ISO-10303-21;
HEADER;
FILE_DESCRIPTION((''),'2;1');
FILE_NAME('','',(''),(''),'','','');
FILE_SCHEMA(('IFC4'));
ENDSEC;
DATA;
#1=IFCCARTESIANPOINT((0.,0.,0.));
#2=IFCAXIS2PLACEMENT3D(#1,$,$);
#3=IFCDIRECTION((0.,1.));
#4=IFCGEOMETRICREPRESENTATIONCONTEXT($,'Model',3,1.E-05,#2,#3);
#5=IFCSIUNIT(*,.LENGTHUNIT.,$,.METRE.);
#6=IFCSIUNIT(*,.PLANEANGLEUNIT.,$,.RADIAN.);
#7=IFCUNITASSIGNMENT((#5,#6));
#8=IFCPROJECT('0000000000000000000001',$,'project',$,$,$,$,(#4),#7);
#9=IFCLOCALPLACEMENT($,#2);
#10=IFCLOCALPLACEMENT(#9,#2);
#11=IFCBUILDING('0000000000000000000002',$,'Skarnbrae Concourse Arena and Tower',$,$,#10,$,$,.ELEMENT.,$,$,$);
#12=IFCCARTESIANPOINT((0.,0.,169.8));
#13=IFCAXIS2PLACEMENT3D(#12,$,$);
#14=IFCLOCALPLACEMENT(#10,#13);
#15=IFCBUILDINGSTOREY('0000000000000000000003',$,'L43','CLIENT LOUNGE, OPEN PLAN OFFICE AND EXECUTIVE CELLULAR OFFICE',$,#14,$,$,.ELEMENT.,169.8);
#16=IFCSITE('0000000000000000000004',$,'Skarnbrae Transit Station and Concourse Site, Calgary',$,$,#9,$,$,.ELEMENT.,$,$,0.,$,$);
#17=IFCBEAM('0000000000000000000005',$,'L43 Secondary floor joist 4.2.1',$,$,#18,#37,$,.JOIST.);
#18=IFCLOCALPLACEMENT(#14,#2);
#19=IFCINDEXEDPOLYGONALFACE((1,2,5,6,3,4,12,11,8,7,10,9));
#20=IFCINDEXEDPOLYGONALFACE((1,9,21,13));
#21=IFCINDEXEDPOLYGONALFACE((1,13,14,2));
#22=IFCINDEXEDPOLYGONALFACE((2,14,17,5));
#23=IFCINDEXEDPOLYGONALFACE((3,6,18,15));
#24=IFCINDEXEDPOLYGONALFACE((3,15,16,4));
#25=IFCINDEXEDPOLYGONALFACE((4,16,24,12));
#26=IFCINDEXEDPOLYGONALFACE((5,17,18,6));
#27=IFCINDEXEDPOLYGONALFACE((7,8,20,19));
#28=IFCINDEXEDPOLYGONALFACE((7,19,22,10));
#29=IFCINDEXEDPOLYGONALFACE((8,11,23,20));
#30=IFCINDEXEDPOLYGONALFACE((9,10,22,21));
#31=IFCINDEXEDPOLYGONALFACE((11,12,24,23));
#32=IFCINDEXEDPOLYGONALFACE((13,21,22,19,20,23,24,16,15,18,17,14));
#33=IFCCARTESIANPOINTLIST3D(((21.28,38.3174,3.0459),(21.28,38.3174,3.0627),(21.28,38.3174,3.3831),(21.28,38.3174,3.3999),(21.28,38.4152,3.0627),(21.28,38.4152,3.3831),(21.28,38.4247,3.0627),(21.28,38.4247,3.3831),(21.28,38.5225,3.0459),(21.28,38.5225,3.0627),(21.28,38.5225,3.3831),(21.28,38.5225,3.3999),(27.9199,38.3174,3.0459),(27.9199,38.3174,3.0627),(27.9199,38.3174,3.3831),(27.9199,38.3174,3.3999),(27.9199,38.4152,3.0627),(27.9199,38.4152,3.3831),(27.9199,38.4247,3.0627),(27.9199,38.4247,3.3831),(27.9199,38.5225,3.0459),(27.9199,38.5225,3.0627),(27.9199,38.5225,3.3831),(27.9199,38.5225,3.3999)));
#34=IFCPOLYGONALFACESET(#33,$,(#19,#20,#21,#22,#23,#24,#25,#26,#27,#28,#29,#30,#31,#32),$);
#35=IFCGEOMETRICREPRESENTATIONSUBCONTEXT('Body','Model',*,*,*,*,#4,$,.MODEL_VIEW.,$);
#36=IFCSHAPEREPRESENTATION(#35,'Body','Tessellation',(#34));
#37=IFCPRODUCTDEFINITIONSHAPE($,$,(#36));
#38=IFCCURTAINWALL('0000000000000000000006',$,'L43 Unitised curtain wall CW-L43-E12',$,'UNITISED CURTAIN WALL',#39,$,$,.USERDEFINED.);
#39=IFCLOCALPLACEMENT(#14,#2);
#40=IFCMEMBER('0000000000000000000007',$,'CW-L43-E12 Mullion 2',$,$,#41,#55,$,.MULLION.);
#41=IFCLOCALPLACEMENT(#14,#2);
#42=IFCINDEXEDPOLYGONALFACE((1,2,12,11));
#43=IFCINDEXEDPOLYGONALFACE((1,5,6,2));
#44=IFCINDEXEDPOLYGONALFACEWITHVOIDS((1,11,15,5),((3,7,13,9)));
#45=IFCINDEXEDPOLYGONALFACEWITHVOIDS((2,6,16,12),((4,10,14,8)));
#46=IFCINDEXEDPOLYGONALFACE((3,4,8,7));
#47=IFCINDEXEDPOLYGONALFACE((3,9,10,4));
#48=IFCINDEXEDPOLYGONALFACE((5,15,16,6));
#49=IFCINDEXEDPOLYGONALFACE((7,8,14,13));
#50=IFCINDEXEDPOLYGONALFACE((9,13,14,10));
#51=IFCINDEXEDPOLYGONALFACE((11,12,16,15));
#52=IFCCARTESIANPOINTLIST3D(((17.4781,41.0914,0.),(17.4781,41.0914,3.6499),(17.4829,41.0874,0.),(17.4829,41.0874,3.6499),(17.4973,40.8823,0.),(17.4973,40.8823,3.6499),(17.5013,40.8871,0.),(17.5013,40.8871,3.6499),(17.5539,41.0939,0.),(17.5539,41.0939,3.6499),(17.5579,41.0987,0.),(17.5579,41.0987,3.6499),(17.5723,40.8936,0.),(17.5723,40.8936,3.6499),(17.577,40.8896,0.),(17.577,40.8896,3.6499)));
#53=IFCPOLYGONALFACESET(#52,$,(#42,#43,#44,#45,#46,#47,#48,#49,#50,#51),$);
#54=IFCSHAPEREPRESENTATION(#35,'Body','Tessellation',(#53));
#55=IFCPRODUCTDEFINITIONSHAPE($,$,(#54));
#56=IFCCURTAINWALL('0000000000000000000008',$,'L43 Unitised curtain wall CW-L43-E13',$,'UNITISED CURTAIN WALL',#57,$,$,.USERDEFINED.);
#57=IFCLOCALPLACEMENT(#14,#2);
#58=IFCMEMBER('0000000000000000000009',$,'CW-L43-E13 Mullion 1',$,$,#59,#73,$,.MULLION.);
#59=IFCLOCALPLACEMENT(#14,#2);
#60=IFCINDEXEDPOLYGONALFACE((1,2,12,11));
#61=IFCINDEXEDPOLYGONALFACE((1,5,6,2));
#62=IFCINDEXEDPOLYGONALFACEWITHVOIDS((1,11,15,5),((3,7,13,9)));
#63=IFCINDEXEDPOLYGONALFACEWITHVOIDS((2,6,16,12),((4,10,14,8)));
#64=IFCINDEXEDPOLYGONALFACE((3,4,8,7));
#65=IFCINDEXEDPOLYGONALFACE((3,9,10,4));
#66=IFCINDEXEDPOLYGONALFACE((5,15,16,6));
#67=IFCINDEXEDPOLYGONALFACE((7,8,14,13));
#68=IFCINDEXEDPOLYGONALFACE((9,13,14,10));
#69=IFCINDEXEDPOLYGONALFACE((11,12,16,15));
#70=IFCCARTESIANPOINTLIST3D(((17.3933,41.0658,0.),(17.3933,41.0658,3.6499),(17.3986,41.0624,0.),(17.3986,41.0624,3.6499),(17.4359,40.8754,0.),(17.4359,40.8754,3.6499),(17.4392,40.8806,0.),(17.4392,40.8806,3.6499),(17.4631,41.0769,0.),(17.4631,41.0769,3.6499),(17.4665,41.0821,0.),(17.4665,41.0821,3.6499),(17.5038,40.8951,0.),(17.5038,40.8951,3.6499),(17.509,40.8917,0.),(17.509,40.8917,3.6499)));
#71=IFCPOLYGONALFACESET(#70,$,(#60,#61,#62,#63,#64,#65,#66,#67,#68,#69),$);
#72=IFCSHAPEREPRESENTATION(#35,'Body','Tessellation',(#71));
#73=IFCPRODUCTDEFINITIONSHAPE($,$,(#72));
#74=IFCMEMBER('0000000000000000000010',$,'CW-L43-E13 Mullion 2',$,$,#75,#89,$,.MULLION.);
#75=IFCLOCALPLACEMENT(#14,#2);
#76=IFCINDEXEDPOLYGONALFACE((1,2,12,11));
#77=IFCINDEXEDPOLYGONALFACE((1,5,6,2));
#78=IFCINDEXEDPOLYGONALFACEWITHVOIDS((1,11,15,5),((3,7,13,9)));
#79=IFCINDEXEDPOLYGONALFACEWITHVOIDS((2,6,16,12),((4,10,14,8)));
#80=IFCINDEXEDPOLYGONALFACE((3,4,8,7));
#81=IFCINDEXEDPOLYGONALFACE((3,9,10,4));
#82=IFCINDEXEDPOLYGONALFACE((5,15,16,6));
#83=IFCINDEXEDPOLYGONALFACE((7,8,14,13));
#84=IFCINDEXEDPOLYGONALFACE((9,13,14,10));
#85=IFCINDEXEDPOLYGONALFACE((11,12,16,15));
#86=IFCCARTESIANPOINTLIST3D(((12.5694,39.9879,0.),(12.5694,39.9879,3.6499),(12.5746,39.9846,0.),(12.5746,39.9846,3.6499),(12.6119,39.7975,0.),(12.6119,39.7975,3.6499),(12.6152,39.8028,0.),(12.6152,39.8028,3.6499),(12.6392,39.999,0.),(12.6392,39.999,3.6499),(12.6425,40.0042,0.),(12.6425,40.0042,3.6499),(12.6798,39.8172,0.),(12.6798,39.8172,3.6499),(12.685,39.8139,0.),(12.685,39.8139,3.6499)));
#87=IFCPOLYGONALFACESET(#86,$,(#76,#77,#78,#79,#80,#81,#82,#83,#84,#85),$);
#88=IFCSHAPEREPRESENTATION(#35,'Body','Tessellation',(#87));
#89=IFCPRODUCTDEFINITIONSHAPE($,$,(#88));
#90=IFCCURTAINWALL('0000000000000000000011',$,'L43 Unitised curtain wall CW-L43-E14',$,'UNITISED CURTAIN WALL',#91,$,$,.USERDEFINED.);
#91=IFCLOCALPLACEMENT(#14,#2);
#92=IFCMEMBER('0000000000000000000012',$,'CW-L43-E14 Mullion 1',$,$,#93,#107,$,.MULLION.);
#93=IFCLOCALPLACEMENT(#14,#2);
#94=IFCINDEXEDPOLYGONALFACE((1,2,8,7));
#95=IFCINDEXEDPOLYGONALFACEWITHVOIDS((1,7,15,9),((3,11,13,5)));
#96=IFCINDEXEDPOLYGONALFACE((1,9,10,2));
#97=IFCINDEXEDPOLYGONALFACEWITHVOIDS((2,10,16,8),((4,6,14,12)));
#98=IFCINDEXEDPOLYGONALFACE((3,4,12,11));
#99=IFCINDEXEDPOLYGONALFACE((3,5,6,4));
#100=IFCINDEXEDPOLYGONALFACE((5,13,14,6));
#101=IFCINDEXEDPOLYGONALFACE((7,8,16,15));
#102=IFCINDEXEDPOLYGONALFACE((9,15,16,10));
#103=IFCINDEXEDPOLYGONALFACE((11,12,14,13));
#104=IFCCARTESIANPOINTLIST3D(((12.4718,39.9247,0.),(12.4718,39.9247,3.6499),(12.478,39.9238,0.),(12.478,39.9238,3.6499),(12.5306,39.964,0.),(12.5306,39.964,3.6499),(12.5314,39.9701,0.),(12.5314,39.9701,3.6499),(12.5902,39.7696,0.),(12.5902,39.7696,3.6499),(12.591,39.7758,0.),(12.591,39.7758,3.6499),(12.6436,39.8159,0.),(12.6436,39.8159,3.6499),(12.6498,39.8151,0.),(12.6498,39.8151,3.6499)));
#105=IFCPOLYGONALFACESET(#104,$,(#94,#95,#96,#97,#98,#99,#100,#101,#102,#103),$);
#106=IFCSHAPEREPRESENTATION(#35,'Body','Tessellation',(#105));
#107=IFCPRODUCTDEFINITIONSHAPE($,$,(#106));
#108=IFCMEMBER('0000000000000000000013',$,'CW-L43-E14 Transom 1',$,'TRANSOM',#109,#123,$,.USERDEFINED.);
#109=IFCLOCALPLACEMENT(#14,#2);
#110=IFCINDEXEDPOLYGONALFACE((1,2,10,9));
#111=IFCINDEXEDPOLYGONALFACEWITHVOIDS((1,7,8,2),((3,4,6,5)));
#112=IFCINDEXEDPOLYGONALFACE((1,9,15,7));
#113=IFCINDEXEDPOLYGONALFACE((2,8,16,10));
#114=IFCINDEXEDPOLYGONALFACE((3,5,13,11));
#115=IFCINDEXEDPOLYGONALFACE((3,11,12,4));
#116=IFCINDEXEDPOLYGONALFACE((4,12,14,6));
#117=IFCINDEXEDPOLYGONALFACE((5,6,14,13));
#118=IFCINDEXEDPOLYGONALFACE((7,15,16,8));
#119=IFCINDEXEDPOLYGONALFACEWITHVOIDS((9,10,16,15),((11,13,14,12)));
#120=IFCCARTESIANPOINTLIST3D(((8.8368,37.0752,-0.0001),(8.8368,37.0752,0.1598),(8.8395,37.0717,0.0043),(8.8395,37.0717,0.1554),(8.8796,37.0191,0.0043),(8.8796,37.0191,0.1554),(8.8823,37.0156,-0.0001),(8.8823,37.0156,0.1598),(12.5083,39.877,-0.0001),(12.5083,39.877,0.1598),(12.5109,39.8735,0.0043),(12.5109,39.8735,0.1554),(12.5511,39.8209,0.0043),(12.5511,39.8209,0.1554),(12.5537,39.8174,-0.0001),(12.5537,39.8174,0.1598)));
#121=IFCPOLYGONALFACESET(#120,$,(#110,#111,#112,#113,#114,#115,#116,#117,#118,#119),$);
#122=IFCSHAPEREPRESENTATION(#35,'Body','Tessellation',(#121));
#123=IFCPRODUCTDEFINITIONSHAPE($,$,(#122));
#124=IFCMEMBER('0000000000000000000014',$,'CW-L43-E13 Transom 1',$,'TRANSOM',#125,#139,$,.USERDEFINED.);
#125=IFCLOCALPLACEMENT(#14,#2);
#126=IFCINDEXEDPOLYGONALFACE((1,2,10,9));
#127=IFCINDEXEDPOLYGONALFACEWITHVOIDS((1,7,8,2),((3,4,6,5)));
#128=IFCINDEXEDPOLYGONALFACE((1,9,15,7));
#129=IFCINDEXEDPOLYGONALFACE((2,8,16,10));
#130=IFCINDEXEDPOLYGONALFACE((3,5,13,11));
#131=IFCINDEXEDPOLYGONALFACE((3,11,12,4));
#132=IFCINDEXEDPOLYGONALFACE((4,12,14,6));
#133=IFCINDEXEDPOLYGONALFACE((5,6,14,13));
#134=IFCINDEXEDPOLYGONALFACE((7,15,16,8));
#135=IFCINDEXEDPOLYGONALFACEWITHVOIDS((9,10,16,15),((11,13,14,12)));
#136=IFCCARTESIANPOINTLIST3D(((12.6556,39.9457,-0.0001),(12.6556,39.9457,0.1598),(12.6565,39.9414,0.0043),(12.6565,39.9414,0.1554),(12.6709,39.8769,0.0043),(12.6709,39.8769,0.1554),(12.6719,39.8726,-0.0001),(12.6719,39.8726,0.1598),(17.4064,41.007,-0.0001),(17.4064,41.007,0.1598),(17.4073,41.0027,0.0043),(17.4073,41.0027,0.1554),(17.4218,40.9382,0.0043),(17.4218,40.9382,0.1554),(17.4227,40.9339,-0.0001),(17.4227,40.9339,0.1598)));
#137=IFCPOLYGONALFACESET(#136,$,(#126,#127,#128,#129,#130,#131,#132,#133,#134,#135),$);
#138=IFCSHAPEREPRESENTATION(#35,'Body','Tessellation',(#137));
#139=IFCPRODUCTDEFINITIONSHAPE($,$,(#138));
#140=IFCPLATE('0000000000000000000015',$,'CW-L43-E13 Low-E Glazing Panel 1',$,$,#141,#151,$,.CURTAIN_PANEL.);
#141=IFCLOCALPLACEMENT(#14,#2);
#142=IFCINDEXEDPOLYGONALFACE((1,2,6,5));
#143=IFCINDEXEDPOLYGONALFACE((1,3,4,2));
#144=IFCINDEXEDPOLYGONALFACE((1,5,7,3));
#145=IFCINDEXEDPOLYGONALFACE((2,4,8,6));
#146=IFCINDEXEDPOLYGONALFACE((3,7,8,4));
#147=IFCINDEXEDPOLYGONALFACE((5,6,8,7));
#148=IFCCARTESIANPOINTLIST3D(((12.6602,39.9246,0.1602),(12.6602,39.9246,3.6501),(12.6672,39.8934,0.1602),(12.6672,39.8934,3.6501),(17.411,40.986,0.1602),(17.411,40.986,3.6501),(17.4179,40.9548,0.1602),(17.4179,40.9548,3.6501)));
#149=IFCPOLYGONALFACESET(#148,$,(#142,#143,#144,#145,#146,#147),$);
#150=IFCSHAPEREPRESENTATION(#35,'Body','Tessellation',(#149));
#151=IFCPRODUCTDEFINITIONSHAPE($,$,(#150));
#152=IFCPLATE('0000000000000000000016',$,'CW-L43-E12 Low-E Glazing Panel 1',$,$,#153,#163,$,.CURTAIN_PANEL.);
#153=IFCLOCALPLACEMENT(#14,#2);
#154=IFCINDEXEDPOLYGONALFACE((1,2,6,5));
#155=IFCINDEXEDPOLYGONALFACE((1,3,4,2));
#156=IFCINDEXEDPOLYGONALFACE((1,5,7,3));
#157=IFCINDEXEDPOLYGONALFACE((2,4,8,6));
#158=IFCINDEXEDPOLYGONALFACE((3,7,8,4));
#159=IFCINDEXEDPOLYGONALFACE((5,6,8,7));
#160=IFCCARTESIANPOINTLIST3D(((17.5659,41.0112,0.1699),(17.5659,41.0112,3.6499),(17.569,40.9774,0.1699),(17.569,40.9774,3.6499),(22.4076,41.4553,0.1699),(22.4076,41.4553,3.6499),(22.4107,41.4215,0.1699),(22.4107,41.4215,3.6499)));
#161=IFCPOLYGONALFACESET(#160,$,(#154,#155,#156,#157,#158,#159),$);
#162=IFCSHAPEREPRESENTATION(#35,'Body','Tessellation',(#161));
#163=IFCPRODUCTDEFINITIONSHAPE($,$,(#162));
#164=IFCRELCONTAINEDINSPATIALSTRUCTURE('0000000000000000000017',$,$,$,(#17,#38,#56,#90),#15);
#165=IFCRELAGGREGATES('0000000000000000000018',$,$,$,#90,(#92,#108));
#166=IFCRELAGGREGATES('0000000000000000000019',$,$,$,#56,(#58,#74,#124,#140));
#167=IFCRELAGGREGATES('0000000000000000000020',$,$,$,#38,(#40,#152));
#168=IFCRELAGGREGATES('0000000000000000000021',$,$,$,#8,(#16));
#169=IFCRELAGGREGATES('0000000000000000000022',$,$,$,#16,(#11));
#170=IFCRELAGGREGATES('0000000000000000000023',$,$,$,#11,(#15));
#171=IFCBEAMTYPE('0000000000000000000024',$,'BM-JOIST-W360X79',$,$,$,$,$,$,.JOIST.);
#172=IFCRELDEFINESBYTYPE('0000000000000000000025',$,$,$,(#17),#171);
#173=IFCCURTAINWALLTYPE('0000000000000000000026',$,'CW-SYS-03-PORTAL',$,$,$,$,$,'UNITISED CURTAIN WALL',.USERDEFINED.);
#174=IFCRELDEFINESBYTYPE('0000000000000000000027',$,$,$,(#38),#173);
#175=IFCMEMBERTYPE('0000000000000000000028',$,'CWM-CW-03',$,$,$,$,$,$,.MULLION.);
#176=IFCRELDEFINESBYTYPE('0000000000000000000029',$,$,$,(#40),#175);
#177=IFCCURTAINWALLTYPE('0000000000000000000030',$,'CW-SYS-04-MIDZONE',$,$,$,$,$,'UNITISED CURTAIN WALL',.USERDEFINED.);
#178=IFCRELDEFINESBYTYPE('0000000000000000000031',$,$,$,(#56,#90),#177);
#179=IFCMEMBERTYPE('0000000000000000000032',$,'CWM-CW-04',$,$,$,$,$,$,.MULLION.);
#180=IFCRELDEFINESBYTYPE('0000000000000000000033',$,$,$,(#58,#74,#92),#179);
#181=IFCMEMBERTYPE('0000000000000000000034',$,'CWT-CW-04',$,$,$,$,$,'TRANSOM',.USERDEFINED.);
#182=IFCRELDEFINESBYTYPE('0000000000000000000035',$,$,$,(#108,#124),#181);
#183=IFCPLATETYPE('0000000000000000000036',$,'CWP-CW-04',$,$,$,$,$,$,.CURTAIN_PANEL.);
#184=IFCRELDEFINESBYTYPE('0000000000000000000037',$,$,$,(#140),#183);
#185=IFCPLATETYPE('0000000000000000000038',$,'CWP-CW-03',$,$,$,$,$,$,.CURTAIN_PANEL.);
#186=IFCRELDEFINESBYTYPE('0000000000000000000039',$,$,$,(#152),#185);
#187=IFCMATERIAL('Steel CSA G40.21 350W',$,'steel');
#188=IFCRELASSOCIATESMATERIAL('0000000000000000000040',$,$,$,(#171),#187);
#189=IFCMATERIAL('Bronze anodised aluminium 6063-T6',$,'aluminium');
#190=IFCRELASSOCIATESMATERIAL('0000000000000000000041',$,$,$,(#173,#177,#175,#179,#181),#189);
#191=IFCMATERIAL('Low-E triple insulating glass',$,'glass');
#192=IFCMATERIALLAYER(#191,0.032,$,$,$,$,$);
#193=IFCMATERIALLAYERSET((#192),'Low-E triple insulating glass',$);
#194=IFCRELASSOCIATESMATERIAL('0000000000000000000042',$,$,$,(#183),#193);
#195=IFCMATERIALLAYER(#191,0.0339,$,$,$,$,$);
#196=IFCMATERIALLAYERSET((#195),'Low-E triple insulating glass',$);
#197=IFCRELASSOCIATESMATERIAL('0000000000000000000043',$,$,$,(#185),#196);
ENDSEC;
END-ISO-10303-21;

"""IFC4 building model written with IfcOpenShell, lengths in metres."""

from ifc_helpers import new_model, si_unit, direction, frame, origin, origin_2d, place, context, subcontext, project, spatial, rectangle, hollow_rectangle, i_section, extrude, source, transform, mapped, material, layer, layer_set, material_profile, profile_set, type_object, element, aggregate, save


model = new_model("IFC4")

# Units and contexts
model_context = context("Model", 3, precision=1e-05, world=origin(), true_north=direction((0.0, 1.0)))
body_context = subcontext(model_context, "Body", "Model", "MODEL_VIEW")
ifc_project = project(units=[si_unit("LENGTHUNIT", "METRE"), si_unit("PLANEANGLEUNIT", "RADIAN")], contexts=[model_context])

# Site, building, storey
site_placement = place(None, origin())
site = spatial("IfcSite", under=ifc_project, at=site_placement, Name="Skarnbrae Transit Station and Concourse Site, Calgary", CompositionType="ELEMENT", RefElevation=0.0)
building_placement = place(site_placement, origin())
building = spatial("IfcBuilding", under=site, at=building_placement, Name="Skarnbrae Concourse Arena and Tower", CompositionType="ELEMENT")
storey_placement = place(building_placement, frame((0.0, 0.0, 169.8)))
storey = spatial("IfcBuildingStorey", under=building, at=storey_placement, Name="L43", Description="CLIENT LOUNGE, OPEN PLAN OFFICE AND EXECUTIVE CELLULAR OFFICE", CompositionType="ELEMENT", Elevation=169.8)

# Shared definitions
ifc_material_1 = material(Name="Steel CSA G40.21 350W", Category="steel")

# Beam
ifc_material_profile_1 = material_profile(ifc_material_1, i_section(OverallWidth=0.2051, OverallDepth=0.354, WebThickness=0.0095, FlangeThickness=0.0168, at=origin_2d()), Name="W360X79")
ifc_profile_set_1 = profile_set([ifc_material_profile_1], Name="Steel CSA G40.21 350W")
beam_type_1 = type_object("IfcBeamType", Name="BM-JOIST-W360X79", PredefinedType="JOIST", material=ifc_profile_set_1)
shared_shape_1 = source(origin(), body_context, "Body", "SweptSolid", [
    extrude(i_section(OverallWidth=0.2051, OverallDepth=0.354, WebThickness=0.0095, FlangeThickness=0.0168, at=origin_2d()), origin(), (0.0, 0.0, 1.0), 6.6399),
])
for number, where, z_axis, x_axis, name in (
    (1, (21.28, 38.4199, 3.2229), (1.0, 0.0, 0.0), (0.0, 1.0, 0.0), "L43 Secondary floor joist 4.2.1"),
):
    element("IfcBeam", number, at=place(storey_placement, frame(where, z_axis=z_axis, x_axis=x_axis)), inside=storey, type_object=beam_type_1, Name=name, PredefinedType="JOIST", context=body_context, shape_type="MappedRepresentation", body=[
        mapped(shared_shape_1, transform((0.0, 0.0, 0.0))),
    ])

# Curtain wall, member
ifc_material_2 = material(Name="Bronze anodised aluminium 6063-T6", Category="aluminium")
curtain_wall_type_1 = type_object("IfcCurtainWallType", Name="CW-SYS-03-PORTAL", ElementType="UNITISED CURTAIN WALL", PredefinedType="USERDEFINED", material=ifc_material_2)
curtain_wall_1_placement = place(storey_placement, origin())
curtain_wall_1 = element("IfcCurtainWall", 2, at=curtain_wall_1_placement, inside=storey, type_object=curtain_wall_type_1, Name="L43 Unitised curtain wall CW-L43-E12", ObjectType="UNITISED CURTAIN WALL", PredefinedType="USERDEFINED")
ifc_material_profile_2 = material_profile(ifc_material_2, hollow_rectangle(XDim=0.0801, YDim=0.21, WallThickness=0.0044, at=origin_2d()), Name="ALU-MULL-80X210")
ifc_profile_set_2 = profile_set([ifc_material_profile_2], Name="Bronze anodised aluminium 6063-T6")
member_type_1 = type_object("IfcMemberType", Name="CWM-CW-03", PredefinedType="MULLION", material=ifc_profile_set_2)
shared_shape_2 = source(origin(), body_context, "Body", "SweptSolid", [
    extrude(hollow_rectangle(XDim=0.0801, YDim=0.21, WallThickness=0.0044, at=origin_2d()), origin(), (0.0, 0.0, 1.0), 3.6499),
])
member_1_placement = place(storey_placement, frame((17.5276, 40.9905, 0.0), z_axis=(0.0, 0.0, 1.0), x_axis=(-0.99582, -0.091338, 0.0)))
member_1 = element("IfcMember", 3, at=member_1_placement, type_object=member_type_1, Name="CW-L43-E12 Mullion 2", PredefinedType="MULLION", context=body_context, shape_type="MappedRepresentation", body=[
    mapped(shared_shape_2, transform((0.0, 0.0, 0.0))),
])

# Curtain walls, members
curtain_wall_type_2 = type_object("IfcCurtainWallType", Name="CW-SYS-04-MIDZONE", ElementType="UNITISED CURTAIN WALL", PredefinedType="USERDEFINED", material=ifc_material_2)
curtain_wall_2_placement = place(storey_placement, origin())
curtain_wall_2 = element("IfcCurtainWall", 4, at=curtain_wall_2_placement, inside=storey, type_object=curtain_wall_type_2, Name="L43 Unitised curtain wall CW-L43-E13", ObjectType="UNITISED CURTAIN WALL", PredefinedType="USERDEFINED")
ifc_material_profile_3 = material_profile(ifc_material_2, hollow_rectangle(XDim=0.075, YDim=0.1951, WallThickness=0.0044, at=origin_2d()), Name="ALU-MULL-75X195")
ifc_profile_set_3 = profile_set([ifc_material_profile_3], Name="Bronze anodised aluminium 6063-T6")
member_type_2 = type_object("IfcMemberType", Name="CWM-CW-04", PredefinedType="MULLION", material=ifc_profile_set_3)
shared_shape_3 = source(origin(), body_context, "Body", "SweptSolid", [
    extrude(hollow_rectangle(XDim=0.075, YDim=0.1951, WallThickness=0.0044, at=origin_2d()), origin(), (0.0, 0.0, 1.0), 3.6499),
])
member_2_placement = place(storey_placement, frame((17.4512, 40.9788, 0.0), z_axis=(0.0, 0.0, 1.0), x_axis=(-0.975936, -0.218056, 0.0)))
member_2 = element("IfcMember", 5, at=member_2_placement, type_object=member_type_2, Name="CW-L43-E13 Mullion 1", PredefinedType="MULLION", context=body_context, shape_type="MappedRepresentation", body=[
    mapped(shared_shape_3, transform((0.0, 0.0, 0.0))),
])
member_3_placement = place(storey_placement, frame((12.6272, 39.9009, 0.0), z_axis=(0.0, 0.0, 1.0), x_axis=(-0.975936, -0.218056, 0.0)))
member_3 = element("IfcMember", 6, at=member_3_placement, type_object=member_type_2, Name="CW-L43-E13 Mullion 2", PredefinedType="MULLION", context=body_context, shape_type="MappedRepresentation", body=[
    mapped(shared_shape_3, transform((0.0, 0.0, 0.0))),
])
curtain_wall_3_placement = place(storey_placement, origin())
curtain_wall_3 = element("IfcCurtainWall", 7, at=curtain_wall_3_placement, inside=storey, type_object=curtain_wall_type_2, Name="L43 Unitised curtain wall CW-L43-E14", ObjectType="UNITISED CURTAIN WALL", PredefinedType="USERDEFINED")
member_4_placement = place(storey_placement, frame((12.5608, 39.8699, 0.0), z_axis=(0.0, 0.0, 1.0), x_axis=(-0.794956, -0.606667, 0.0)))
member_4 = element("IfcMember", 8, at=member_4_placement, type_object=member_type_2, Name="CW-L43-E14 Mullion 1", PredefinedType="MULLION", context=body_context, shape_type="MappedRepresentation", body=[
    mapped(shared_shape_3, transform((0.0, 0.0, 0.0))),
])
ifc_material_profile_4 = material_profile(ifc_material_2, hollow_rectangle(XDim=0.075, YDim=0.1599, WallThickness=0.0044, at=origin_2d()), Name="ALU-TRAN-75X160")
ifc_profile_set_4 = profile_set([ifc_material_profile_4], Name="Bronze anodised aluminium 6063-T6")
member_type_3 = type_object("IfcMemberType", Name="CWT-CW-04", ElementType="TRANSOM", PredefinedType="USERDEFINED", material=ifc_profile_set_4)
shared_shape_4 = source(origin(), body_context, "Body", "SweptSolid", [
    extrude(hollow_rectangle(XDim=0.075, YDim=0.1599, WallThickness=0.0044, at=origin_2d()), origin(), (0.0, 0.0, 1.0), 4.6184),
])
member_5_placement = place(storey_placement, frame((12.531, 39.8472, 0.0798), z_axis=(-0.794961, -0.606661, 0.0), x_axis=(0.606661, -0.794961, 0.0)))
member_5 = element("IfcMember", 9, at=member_5_placement, type_object=member_type_3, Name="CW-L43-E14 Transom 1", ObjectType="TRANSOM", PredefinedType="USERDEFINED", context=body_context, shape_type="MappedRepresentation", body=[
    mapped(shared_shape_4, transform((0.0, 0.0, 0.0))),
])
aggregate(curtain_wall_3, [member_4, member_5])

# Member
shared_shape_5 = source(origin(), body_context, "Body", "SweptSolid", [
    extrude(hollow_rectangle(XDim=0.075, YDim=0.1599, WallThickness=0.0044, at=origin_2d()), origin(), (0.0, 0.0, 1.0), 4.8679),
])
member_6_placement = place(storey_placement, frame((17.4146, 40.9705, 0.0798), z_axis=(-0.975945, -0.218019, 0.0), x_axis=(0.218019, -0.975945, 0.0)))
member_6 = element("IfcMember", 10, at=member_6_placement, type_object=member_type_3, Name="CW-L43-E13 Transom 1", ObjectType="TRANSOM", PredefinedType="USERDEFINED", context=body_context, shape_type="MappedRepresentation", body=[
    mapped(shared_shape_5, transform((0.0, 0.0, 0.0))),
])

# Plates
ifc_material_3 = material(Name="Low-E triple insulating glass", Category="glass")
ifc_layer_1 = layer(ifc_material_3, 0.032)
ifc_layer_set_1 = layer_set([ifc_layer_1], Name="Low-E triple insulating glass")
plate_type_1 = type_object("IfcPlateType", Name="CWP-CW-04", PredefinedType="CURTAIN_PANEL", material=ifc_layer_set_1)
shared_shape_6 = source(origin(), body_context, "Body", "SweptSolid", [
    extrude(rectangle(XDim=4.8679, YDim=0.032, at=origin_2d()), origin(), (0.0, 0.0, 1.0), 3.49),
])
plate_1_placement = place(storey_placement, frame((15.0391, 40.4397, 0.1602), z_axis=(0.0, 0.0, 1.0), x_axis=(-0.975936, -0.218056, 0.0)))
plate_1 = element("IfcPlate", 11, at=plate_1_placement, type_object=plate_type_1, Name="CW-L43-E13 Low-E Glazing Panel 1", PredefinedType="CURTAIN_PANEL", context=body_context, shape_type="MappedRepresentation", body=[
    mapped(shared_shape_6, transform((0.0, 0.0, 0.0))),
])
aggregate(curtain_wall_2, [member_2, member_3, member_6, plate_1])
ifc_layer_2 = layer(ifc_material_3, 0.0339)
ifc_layer_set_2 = layer_set([ifc_layer_2], Name="Low-E triple insulating glass")
plate_type_2 = type_object("IfcPlateType", Name="CWP-CW-03", PredefinedType="CURTAIN_PANEL", material=ifc_layer_set_2)
shared_shape_7 = source(origin(), body_context, "Body", "SweptSolid", [
    extrude(rectangle(XDim=4.8621, YDim=0.0339, at=origin_2d()), origin(), (0.0, 0.0, 1.0), 3.48),
])
plate_2_placement = place(storey_placement, frame((19.9883, 41.2163, 0.1699), z_axis=(0.0, 0.0, 1.0), x_axis=(-0.99582, -0.091338, 0.0)))
plate_2 = element("IfcPlate", 12, at=plate_2_placement, type_object=plate_type_2, Name="CW-L43-E12 Low-E Glazing Panel 1", PredefinedType="CURTAIN_PANEL", context=body_context, shape_type="MappedRepresentation", body=[
    mapped(shared_shape_7, transform((0.0, 0.0, 0.0))),
])
aggregate(curtain_wall_1, [member_1, plate_2])

save(model, "model.ifc")
